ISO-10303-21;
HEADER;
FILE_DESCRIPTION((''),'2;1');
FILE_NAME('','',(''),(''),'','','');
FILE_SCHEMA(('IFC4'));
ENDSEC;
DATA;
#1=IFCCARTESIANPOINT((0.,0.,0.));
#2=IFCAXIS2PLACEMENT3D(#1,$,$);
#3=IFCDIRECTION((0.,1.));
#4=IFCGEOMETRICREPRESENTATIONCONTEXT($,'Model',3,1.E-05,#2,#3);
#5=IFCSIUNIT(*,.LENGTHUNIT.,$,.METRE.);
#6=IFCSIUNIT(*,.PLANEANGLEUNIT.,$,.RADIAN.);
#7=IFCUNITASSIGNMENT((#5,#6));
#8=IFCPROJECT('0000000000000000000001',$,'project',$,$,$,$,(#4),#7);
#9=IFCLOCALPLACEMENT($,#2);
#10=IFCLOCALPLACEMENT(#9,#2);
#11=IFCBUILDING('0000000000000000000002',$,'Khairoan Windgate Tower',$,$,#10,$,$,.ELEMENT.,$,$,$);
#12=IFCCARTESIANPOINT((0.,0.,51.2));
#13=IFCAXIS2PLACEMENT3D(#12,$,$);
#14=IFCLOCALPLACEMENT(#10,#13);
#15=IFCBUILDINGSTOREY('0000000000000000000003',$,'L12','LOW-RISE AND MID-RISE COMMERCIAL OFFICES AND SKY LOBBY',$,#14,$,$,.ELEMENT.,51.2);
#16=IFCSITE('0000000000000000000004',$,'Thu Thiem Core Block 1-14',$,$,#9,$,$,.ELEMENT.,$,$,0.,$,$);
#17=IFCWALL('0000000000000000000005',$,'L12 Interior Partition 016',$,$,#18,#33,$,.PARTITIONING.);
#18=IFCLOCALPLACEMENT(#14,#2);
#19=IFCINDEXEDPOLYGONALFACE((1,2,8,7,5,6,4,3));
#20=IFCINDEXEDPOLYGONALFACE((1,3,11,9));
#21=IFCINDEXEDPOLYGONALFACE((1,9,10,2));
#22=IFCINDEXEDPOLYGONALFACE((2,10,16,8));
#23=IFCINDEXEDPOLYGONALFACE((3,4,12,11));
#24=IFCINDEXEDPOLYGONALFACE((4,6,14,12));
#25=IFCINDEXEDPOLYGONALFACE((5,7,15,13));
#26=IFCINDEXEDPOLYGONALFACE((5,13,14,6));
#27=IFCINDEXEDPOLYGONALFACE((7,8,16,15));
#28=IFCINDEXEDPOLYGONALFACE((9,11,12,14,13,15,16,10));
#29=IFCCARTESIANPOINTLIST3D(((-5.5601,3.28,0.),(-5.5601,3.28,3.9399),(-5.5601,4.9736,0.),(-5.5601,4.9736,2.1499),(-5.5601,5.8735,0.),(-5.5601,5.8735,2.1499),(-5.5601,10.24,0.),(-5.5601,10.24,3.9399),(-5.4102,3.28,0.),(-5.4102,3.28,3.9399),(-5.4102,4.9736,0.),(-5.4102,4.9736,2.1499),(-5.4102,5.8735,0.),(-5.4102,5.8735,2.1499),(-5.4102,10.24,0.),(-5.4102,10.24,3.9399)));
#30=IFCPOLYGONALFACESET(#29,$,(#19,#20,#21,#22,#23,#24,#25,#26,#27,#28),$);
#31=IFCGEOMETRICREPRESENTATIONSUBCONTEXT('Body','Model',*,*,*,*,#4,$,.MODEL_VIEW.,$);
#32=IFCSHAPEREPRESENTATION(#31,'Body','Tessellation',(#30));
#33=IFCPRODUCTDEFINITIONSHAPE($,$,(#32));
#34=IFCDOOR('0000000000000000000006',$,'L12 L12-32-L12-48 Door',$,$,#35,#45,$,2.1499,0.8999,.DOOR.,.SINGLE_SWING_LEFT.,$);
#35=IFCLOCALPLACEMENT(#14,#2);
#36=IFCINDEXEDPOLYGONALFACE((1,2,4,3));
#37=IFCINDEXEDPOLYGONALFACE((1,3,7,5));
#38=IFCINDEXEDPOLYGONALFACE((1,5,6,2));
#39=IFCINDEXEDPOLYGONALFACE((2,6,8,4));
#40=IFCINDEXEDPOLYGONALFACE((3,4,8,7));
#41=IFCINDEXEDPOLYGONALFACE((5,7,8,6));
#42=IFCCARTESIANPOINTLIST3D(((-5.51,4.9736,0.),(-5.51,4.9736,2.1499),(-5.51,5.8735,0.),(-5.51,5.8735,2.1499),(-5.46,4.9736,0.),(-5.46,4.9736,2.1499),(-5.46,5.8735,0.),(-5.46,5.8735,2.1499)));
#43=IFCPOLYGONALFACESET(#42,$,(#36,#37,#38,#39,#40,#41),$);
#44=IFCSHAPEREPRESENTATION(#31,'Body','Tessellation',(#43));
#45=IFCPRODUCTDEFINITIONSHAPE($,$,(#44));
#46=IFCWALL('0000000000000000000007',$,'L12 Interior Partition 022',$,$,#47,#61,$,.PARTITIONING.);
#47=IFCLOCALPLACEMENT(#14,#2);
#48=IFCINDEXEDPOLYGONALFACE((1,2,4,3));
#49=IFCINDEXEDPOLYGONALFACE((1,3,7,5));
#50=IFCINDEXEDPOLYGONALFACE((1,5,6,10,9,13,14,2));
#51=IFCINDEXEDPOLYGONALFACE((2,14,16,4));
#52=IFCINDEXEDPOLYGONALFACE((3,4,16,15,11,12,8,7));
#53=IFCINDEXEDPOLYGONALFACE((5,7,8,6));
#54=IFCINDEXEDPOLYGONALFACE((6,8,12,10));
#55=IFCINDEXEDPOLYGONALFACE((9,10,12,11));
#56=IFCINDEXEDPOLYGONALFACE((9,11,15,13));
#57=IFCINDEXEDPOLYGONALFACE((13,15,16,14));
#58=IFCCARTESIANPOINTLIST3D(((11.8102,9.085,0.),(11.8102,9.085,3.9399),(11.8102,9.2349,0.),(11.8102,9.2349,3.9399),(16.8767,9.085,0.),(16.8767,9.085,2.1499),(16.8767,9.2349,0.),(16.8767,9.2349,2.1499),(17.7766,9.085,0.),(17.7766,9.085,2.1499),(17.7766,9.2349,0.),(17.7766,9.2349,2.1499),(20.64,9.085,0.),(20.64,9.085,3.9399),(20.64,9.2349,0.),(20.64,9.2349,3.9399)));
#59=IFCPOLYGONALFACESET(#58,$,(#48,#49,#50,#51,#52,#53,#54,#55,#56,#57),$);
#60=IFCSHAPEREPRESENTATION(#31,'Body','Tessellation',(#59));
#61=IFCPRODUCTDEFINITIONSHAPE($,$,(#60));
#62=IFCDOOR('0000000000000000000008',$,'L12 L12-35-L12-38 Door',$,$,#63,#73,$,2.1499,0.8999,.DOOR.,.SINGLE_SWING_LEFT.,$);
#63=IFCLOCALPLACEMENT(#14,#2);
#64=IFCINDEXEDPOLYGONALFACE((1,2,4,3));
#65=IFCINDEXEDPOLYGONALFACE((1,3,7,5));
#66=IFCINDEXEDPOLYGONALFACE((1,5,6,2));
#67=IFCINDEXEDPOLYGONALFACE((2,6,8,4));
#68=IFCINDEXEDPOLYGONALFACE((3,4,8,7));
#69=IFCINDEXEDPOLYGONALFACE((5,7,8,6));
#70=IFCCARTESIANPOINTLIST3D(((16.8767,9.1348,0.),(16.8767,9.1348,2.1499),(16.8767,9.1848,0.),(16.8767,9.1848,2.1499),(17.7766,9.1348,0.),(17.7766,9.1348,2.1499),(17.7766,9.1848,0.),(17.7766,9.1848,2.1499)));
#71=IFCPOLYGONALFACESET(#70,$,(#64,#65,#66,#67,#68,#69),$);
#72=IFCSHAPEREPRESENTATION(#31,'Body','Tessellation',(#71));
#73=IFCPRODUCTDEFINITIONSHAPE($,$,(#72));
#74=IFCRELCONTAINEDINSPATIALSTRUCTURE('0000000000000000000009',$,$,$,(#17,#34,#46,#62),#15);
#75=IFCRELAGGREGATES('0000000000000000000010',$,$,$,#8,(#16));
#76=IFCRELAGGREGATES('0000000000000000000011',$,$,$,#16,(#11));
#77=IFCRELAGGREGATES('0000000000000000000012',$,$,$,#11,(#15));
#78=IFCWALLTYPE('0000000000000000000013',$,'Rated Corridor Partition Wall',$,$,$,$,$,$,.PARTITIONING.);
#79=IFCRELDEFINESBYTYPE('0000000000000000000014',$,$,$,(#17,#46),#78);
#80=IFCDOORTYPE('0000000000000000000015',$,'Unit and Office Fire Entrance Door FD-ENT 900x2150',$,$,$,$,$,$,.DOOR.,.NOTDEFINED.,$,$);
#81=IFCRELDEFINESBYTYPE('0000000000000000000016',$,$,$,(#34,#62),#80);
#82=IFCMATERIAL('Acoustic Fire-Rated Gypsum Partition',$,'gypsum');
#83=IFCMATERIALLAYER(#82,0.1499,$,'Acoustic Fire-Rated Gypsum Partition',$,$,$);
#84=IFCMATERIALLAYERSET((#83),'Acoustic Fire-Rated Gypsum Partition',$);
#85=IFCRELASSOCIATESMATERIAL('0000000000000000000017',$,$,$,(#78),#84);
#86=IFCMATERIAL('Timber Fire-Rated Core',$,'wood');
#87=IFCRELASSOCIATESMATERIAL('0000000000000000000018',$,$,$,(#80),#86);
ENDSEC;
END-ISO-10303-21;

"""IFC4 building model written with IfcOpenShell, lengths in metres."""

from ifc_helpers import new_model, si_unit, direction, frame, frame_2d, origin, place, context, subcontext, project, spatial, rectangle, extrude, material, layer, layer_set, type_object, element, fill, save


model = new_model("IFC4")

# Units and contexts
model_context = context("Model", 3, precision=1e-05, world=origin(), true_north=direction((0.0, 1.0)))
body_context = subcontext(model_context, "Body", "Model", "MODEL_VIEW")
ifc_project = project(units=[si_unit("LENGTHUNIT", "METRE"), si_unit("PLANEANGLEUNIT", "RADIAN")], contexts=[model_context])

# Site, building, storey
site_placement = place(None, origin())
site = spatial("IfcSite", under=ifc_project, at=site_placement, Name="Thu Thiem Core Block 1-14", CompositionType="ELEMENT", RefElevation=0.0)
building_placement = place(site_placement, origin())
building = spatial("IfcBuilding", under=site, at=building_placement, Name="Khairoan Windgate Tower", CompositionType="ELEMENT")
storey_placement = place(building_placement, frame((0.0, 0.0, 51.2)))
storey = spatial("IfcBuildingStorey", under=building, at=storey_placement, Name="L12", Description="LOW-RISE AND MID-RISE COMMERCIAL OFFICES AND SKY LOBBY", CompositionType="ELEMENT", Elevation=51.2)

# Walls, openings, doors
ifc_material_1 = material(Name="Acoustic Fire-Rated Gypsum Partition", Category="gypsum")
ifc_layer_1 = layer(ifc_material_1, 0.1499, Name="Acoustic Fire-Rated Gypsum Partition")
ifc_layer_set_1 = layer_set([ifc_layer_1], Name="Acoustic Fire-Rated Gypsum Partition")
wall_type_1 = type_object("IfcWallType", Name="Rated Corridor Partition Wall", PredefinedType="PARTITIONING", material=ifc_layer_set_1)
wall_1_placement = place(storey_placement, frame((-5.4851, 3.28, 0.0), z_axis=(0.0, 0.0, 1.0), x_axis=(0.0, 1.0, 0.0)))
wall_1 = element("IfcWall", 1, at=wall_1_placement, inside=storey, type_object=wall_type_1, Name="L12 Interior Partition 016", PredefinedType="PARTITIONING", context=body_context, shape_type="SweptSolid", body=[
    extrude(rectangle(XDim=6.96, YDim=0.1499, at=frame_2d((3.48, 0.0))), origin(), (0.0, 0.0, 1.0), 3.9399),
])
opening_1_placement = place(wall_1_placement, frame((1.6936, 0.0, 0.0)))
opening_1 = element("IfcOpeningElement", 2, at=opening_1_placement, cuts=wall_1, PredefinedType="OPENING", context=body_context, shape_type="SweptSolid", body=[
    extrude(rectangle(XDim=0.8999, YDim=2.1499, at=frame_2d((0.45, 1.075))), frame((0.0, 0.085, 0.0), z_axis=(0.0, -1.0, 0.0), x_axis=(1.0, 0.0, 0.0)), (0.0, 0.0, 1.0), 0.1699),
])
ifc_material_2 = material(Name="Timber Fire-Rated Core", Category="wood")
door_type = type_object("IfcDoorType", Name="Unit and Office Fire Entrance Door FD-ENT 900x2150", OperationType="NOTDEFINED", PredefinedType="DOOR", material=ifc_material_2)
door_1_placement = place(opening_1_placement, origin())
door_1 = element("IfcDoor", 3, at=door_1_placement, inside=storey, type_object=door_type, Name="L12 L12-32-L12-48 Door", OperationType="SINGLE_SWING_LEFT", OverallHeight=2.1499, OverallWidth=0.8999, PredefinedType="DOOR", context=body_context, shape_type="SweptSolid", body=[
    extrude(rectangle(XDim=0.8999, YDim=2.1499, at=frame_2d((0.45, 1.075))), frame((0.0, 0.0249, 0.0), z_axis=(0.0, -1.0, 0.0), x_axis=(1.0, 0.0, 0.0)), (0.0, 0.0, 1.0), 0.05),
])
fill(opening_1, door_1)
wall_2_placement = place(storey_placement, frame((11.8101, 9.1599, 0.0), z_axis=(0.0, 0.0, 1.0), x_axis=(1.0, 0.0, 0.0)))
wall_2 = element("IfcWall", 4, at=wall_2_placement, inside=storey, type_object=wall_type_1, Name="L12 Interior Partition 022", PredefinedType="PARTITIONING", context=body_context, shape_type="SweptSolid", body=[
    extrude(rectangle(XDim=8.8298, YDim=0.1499, at=frame_2d((4.415, 0.0))), origin(), (0.0, 0.0, 1.0), 3.9399),
])
opening_2_placement = place(wall_2_placement, frame((5.0667, 0.0, 0.0)))
opening_2 = element("IfcOpeningElement", 5, at=opening_2_placement, cuts=wall_2, PredefinedType="OPENING", context=body_context, shape_type="SweptSolid", body=[
    extrude(rectangle(XDim=0.8999, YDim=2.1499, at=frame_2d((0.45, 1.075))), frame((0.0, 0.085, 0.0), z_axis=(0.0, -1.0, 0.0), x_axis=(1.0, 0.0, 0.0)), (0.0, 0.0, 1.0), 0.1699),
])
door_2_placement = place(opening_2_placement, origin())
door_2 = element("IfcDoor", 6, at=door_2_placement, inside=storey, type_object=door_type, Name="L12 L12-35-L12-38 Door", OperationType="SINGLE_SWING_LEFT", OverallHeight=2.1499, OverallWidth=0.8999, PredefinedType="DOOR", context=body_context, shape_type="SweptSolid", body=[
    extrude(rectangle(XDim=0.8999, YDim=2.1499, at=frame_2d((0.45, 1.075))), frame((0.0, 0.0249, 0.0), z_axis=(0.0, -1.0, 0.0), x_axis=(1.0, 0.0, 0.0)), (0.0, 0.0, 1.0), 0.05),
])
fill(opening_2, door_2)

save(model, "model.ifc")
